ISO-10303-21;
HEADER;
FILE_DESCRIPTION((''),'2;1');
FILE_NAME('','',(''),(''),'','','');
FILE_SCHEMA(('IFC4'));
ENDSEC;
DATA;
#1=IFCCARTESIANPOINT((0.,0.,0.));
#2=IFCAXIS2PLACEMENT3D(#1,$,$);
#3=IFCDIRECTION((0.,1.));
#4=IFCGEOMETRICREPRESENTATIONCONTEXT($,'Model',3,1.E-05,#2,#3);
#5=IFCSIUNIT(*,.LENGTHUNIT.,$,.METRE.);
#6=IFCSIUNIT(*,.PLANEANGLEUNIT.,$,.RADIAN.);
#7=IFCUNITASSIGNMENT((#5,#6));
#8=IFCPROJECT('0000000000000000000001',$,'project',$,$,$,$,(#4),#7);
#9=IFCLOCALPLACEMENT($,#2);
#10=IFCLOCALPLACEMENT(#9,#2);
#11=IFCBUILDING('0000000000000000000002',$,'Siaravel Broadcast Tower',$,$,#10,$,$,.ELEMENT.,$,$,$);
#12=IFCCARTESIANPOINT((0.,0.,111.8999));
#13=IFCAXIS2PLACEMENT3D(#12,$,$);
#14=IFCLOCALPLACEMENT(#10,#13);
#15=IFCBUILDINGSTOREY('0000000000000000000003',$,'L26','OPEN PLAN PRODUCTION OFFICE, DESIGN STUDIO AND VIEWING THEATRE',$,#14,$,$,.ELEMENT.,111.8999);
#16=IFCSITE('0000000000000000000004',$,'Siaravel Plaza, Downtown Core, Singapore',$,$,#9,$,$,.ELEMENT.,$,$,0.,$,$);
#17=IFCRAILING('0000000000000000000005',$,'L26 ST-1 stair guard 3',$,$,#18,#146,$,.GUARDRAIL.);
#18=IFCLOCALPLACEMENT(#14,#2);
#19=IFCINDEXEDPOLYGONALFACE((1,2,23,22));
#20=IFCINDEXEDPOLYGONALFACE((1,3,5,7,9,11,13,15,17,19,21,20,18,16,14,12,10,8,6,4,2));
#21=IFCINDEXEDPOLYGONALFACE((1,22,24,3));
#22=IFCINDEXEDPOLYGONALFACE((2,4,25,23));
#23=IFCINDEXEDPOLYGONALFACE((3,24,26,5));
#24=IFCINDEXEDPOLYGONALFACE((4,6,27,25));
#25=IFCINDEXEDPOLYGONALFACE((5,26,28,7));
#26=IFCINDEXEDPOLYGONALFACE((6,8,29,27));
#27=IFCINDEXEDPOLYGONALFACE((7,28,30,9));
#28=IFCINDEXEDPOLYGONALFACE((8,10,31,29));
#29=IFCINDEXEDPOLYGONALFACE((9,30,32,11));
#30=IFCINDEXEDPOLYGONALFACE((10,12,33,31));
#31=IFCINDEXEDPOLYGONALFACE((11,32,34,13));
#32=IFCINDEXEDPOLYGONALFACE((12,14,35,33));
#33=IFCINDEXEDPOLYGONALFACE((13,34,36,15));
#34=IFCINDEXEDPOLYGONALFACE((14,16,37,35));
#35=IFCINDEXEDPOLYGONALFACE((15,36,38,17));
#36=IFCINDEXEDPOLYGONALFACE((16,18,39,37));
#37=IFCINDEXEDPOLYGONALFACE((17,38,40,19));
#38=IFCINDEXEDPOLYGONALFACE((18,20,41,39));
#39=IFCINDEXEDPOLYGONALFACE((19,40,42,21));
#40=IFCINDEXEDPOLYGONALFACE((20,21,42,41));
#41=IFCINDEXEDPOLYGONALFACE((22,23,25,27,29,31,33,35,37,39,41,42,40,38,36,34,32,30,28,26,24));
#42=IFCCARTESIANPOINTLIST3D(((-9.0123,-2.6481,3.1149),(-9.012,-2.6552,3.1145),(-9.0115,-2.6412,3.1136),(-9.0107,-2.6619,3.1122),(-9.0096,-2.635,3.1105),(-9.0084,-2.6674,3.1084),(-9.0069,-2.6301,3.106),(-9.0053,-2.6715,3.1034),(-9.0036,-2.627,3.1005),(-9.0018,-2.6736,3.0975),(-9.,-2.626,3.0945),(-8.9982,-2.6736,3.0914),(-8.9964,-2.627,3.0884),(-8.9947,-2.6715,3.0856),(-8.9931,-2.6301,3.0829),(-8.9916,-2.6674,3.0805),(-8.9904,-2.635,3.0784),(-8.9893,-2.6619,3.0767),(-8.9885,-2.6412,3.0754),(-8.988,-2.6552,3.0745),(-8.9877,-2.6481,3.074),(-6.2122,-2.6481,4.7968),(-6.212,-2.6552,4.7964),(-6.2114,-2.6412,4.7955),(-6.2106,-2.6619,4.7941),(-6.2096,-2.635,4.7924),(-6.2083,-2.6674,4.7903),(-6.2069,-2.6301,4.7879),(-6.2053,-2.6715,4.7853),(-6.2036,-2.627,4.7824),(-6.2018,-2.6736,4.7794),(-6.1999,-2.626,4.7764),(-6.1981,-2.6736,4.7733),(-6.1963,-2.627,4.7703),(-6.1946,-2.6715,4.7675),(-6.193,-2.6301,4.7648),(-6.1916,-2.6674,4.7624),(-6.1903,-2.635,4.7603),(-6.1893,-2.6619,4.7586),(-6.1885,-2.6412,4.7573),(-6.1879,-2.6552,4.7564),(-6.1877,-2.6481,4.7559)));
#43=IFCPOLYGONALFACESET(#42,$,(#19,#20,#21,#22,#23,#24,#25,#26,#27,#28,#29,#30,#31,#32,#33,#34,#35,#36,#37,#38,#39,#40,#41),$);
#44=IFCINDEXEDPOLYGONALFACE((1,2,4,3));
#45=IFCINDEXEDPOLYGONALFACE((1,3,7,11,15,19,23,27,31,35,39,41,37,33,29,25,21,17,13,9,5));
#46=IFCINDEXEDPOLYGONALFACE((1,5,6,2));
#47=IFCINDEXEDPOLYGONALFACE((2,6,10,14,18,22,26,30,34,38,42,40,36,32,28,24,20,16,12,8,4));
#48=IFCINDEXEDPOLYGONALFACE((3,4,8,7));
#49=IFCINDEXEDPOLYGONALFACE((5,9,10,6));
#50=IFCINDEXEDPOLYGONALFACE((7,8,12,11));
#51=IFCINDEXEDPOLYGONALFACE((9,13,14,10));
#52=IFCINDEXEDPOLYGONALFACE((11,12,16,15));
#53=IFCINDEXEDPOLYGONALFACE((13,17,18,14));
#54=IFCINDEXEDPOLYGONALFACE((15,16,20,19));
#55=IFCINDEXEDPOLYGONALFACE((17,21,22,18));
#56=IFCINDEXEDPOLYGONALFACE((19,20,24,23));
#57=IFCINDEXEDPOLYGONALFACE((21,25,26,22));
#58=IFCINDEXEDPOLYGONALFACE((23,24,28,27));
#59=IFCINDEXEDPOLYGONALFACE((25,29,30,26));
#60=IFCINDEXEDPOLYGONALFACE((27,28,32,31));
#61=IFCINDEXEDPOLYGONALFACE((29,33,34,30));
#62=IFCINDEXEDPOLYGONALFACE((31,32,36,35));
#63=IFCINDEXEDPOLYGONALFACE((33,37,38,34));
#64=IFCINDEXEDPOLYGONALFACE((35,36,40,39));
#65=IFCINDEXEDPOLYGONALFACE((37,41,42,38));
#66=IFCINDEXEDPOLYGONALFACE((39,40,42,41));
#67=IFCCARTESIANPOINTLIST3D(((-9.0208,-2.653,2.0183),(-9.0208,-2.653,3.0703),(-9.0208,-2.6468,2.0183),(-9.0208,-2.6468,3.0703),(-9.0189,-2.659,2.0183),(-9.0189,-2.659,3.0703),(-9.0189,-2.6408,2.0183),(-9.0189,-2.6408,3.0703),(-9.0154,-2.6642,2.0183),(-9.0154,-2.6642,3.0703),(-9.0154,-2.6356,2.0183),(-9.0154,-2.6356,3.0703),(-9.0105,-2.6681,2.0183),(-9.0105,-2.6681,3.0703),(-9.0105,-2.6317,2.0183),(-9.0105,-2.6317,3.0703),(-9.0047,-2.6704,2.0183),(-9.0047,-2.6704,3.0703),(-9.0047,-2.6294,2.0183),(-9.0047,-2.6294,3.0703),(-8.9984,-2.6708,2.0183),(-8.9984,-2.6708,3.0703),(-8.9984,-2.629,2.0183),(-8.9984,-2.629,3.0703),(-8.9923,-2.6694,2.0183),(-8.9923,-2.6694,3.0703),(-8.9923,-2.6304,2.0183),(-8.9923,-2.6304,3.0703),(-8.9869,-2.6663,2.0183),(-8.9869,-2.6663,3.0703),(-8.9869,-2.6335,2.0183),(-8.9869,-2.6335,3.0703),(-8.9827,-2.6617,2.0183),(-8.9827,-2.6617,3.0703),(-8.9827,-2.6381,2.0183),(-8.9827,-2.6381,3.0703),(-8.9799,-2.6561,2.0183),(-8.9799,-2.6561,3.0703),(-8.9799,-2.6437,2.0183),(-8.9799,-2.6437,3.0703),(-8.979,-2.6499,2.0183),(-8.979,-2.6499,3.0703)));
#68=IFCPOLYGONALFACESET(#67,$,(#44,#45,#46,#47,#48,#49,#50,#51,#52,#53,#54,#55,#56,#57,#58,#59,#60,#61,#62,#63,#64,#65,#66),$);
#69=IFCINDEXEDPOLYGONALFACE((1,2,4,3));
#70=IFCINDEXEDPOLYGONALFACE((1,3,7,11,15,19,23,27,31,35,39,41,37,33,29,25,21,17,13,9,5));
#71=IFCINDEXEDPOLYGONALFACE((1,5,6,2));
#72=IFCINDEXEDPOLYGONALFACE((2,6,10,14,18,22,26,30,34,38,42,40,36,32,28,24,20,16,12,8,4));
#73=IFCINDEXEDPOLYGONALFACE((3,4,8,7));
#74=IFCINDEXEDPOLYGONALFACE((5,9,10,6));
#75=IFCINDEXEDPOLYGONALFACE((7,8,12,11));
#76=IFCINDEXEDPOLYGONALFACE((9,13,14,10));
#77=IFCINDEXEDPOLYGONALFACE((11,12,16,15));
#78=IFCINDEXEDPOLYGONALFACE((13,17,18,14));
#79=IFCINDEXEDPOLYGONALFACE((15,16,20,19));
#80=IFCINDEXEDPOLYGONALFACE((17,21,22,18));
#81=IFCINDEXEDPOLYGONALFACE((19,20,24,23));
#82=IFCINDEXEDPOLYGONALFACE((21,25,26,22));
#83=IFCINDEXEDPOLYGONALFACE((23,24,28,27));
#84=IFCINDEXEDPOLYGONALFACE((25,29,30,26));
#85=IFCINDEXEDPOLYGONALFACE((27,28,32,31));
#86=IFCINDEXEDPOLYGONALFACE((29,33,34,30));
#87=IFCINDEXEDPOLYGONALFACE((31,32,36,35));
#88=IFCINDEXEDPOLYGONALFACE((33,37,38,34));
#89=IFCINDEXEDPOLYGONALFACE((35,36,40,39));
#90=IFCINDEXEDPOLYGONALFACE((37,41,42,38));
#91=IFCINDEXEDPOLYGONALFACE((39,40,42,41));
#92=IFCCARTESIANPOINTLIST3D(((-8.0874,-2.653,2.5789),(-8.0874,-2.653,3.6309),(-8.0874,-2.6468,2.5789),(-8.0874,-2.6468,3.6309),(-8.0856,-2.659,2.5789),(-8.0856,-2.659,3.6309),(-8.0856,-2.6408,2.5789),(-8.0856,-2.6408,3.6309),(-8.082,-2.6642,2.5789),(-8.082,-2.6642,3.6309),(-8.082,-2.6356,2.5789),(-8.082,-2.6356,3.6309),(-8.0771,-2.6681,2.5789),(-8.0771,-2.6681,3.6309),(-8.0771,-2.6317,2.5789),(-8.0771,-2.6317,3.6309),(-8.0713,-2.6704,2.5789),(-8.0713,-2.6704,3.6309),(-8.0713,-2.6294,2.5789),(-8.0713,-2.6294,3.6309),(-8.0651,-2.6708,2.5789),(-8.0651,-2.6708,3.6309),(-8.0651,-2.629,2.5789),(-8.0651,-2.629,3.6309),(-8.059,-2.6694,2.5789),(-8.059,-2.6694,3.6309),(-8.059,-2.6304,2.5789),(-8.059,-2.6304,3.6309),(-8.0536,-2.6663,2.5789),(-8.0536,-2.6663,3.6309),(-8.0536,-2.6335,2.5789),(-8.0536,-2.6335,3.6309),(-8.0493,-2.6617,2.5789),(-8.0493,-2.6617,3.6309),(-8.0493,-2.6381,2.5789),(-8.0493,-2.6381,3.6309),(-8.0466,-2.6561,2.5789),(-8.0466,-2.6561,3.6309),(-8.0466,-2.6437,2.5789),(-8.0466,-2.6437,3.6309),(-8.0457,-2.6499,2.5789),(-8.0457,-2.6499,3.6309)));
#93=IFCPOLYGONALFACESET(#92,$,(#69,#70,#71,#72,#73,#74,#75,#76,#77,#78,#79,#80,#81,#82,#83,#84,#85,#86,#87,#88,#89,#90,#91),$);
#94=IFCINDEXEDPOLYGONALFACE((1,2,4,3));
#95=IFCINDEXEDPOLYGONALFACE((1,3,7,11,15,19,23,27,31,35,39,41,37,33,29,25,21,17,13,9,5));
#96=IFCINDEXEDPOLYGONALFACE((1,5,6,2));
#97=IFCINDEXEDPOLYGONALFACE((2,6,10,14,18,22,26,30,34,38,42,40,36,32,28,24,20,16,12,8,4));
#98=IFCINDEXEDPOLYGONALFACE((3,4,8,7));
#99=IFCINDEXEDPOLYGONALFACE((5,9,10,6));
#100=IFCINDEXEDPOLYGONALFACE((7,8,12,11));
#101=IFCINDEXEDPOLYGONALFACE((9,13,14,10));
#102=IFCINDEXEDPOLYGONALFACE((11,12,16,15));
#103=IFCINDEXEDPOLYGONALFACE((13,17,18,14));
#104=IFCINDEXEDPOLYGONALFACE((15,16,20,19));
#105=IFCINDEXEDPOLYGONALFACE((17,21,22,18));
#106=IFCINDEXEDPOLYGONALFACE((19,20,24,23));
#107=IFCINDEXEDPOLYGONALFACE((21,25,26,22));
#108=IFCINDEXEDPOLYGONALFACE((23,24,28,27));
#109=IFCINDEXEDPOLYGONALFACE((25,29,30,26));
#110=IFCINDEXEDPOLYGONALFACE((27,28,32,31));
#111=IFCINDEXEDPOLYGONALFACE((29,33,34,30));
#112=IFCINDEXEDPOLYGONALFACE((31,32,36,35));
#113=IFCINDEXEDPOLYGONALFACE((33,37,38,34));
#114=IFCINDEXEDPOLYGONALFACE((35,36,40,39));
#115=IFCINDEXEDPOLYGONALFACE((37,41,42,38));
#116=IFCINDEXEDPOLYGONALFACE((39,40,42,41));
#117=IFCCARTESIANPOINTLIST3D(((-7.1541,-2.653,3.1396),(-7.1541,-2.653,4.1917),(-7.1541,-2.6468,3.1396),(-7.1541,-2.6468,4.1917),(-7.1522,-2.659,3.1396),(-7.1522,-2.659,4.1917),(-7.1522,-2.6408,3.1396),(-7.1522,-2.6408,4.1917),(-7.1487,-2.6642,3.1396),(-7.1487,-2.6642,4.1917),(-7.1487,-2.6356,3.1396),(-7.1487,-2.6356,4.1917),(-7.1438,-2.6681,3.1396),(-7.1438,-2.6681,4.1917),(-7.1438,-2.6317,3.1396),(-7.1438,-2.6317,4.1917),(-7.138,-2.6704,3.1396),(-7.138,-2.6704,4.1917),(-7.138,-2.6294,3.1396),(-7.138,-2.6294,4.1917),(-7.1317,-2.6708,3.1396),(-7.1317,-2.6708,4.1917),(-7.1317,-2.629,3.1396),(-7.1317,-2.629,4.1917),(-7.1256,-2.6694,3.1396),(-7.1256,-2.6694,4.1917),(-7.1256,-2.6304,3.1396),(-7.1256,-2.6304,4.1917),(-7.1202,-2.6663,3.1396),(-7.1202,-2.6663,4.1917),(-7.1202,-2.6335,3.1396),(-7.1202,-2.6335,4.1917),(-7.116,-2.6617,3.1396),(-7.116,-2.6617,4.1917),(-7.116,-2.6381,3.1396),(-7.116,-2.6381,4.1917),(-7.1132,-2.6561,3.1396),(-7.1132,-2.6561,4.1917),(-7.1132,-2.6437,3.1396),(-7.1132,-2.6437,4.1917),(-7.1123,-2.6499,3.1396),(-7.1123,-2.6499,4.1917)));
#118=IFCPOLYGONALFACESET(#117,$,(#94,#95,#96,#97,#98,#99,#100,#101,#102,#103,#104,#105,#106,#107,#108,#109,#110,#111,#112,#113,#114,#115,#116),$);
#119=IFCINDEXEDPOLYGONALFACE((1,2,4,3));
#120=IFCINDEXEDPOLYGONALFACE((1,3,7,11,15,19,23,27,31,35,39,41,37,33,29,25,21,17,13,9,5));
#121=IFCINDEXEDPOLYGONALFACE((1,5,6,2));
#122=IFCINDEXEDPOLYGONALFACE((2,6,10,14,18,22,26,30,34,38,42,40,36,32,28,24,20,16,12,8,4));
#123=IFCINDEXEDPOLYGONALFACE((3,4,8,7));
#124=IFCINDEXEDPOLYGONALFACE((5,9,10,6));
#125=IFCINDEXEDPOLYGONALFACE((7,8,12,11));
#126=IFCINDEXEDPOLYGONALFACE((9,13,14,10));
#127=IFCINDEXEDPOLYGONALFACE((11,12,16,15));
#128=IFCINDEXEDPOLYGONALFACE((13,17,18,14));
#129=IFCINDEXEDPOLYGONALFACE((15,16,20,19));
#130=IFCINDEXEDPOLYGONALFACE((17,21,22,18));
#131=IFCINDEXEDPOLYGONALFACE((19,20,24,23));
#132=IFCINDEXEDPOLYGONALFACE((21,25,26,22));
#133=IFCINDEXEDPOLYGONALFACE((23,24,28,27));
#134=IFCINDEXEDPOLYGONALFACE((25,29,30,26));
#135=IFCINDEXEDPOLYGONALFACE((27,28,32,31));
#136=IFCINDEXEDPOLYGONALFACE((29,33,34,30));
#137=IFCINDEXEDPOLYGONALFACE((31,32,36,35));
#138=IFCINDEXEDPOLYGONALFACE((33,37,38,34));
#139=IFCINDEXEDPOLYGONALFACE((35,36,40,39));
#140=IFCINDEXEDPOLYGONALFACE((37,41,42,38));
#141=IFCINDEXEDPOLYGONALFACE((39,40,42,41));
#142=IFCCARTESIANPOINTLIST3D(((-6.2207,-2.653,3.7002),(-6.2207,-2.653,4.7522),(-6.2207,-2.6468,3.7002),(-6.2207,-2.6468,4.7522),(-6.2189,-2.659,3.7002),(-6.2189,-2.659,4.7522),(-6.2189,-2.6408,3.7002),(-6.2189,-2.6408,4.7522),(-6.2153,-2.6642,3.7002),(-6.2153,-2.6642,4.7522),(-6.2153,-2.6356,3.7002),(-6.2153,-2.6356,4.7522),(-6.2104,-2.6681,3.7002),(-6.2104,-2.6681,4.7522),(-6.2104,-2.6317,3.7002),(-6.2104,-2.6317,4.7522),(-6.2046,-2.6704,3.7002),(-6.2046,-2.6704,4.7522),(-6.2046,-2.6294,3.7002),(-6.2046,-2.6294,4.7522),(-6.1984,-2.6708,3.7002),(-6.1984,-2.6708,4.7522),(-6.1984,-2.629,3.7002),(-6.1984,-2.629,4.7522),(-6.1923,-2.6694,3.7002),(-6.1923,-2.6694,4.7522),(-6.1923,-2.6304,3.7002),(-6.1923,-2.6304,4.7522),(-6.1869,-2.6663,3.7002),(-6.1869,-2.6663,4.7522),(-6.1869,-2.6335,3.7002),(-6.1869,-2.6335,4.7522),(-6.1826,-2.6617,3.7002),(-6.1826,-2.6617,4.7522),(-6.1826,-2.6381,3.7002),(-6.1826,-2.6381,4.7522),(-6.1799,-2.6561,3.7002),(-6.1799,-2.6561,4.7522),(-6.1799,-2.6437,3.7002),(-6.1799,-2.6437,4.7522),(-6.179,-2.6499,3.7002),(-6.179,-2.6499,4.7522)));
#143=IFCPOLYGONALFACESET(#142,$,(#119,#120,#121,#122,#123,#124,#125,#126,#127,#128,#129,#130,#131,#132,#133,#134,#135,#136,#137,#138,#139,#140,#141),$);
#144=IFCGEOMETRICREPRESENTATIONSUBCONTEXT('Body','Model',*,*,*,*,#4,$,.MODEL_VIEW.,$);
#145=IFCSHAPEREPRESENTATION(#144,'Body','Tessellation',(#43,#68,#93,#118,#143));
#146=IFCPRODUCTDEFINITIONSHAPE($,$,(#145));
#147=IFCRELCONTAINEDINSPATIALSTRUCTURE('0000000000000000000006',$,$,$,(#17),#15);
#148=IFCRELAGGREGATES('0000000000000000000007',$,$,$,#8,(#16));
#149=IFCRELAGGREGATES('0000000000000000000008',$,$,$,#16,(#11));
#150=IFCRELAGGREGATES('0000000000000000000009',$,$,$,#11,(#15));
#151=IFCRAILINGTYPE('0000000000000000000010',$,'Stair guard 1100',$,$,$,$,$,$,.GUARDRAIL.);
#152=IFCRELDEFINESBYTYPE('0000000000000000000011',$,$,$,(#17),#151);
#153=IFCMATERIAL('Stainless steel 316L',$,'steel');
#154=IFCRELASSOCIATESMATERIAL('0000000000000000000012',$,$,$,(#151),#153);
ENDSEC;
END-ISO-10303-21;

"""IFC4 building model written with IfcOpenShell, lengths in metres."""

from ifc_helpers import new_model, si_unit, direction, frame, origin, origin_2d, place, context, subcontext, project, spatial, circle, extrude, material, type_object, element, save


model = new_model("IFC4")

# Units and contexts
model_context = context("Model", 3, precision=1e-05, world=origin(), true_north=direction((0.0, 1.0)))
body_context = subcontext(model_context, "Body", "Model", "MODEL_VIEW")
ifc_project = project(units=[si_unit("LENGTHUNIT", "METRE"), si_unit("PLANEANGLEUNIT", "RADIAN")], contexts=[model_context])

# Site, building, storey
site_placement = place(None, origin())
site = spatial("IfcSite", under=ifc_project, at=site_placement, Name="Siaravel Plaza, Downtown Core, Singapore", CompositionType="ELEMENT", RefElevation=0.0)
building_placement = place(site_placement, origin())
building = spatial("IfcBuilding", under=site, at=building_placement, Name="Siaravel Broadcast Tower", CompositionType="ELEMENT")
storey_placement = place(building_placement, frame((0.0, 0.0, 111.8999)))
storey = spatial("IfcBuildingStorey", under=building, at=storey_placement, Name="L26", Description="OPEN PLAN PRODUCTION OFFICE, DESIGN STUDIO AND VIEWING THEATRE", CompositionType="ELEMENT", Elevation=111.8999)

# Railing
ifc_material_1 = material(Name="Stainless steel 316L", Category="steel")
railing_type_1 = type_object("IfcRailingType", Name="Stair guard 1100", PredefinedType="GUARDRAIL", material=ifc_material_1)
railing_1_placement = place(storey_placement, frame((-9.0, -2.6499, 2.0183)))
element("IfcRailing", 1, at=railing_1_placement, inside=storey, type_object=railing_type_1, Name="L26 ST-1 stair guard 3", PredefinedType="GUARDRAIL", context=body_context, shape_type="SweptSolid", body=[
    extrude(circle(Radius=0.0239, at=origin_2d()), frame((0.0, 0.0, 1.0762), z_axis=(0.857242, 0.0, 0.514913), x_axis=(0.0, 1.0, 0.0)), (0.0, 0.0, 1.0), 3.2664),
    extrude(circle(Radius=0.021, at=origin_2d()), origin(), (0.0, 0.0, 1.0), 1.052),
    extrude(circle(Radius=0.021, at=origin_2d()), frame((0.9333, 0.0, 0.5605)), (0.0, 0.0, 1.0), 1.052),
    extrude(circle(Radius=0.021, at=origin_2d()), frame((1.8667, 0.0, 1.1213)), (0.0, 0.0, 1.0), 1.052),
    extrude(circle(Radius=0.021, at=origin_2d()), frame((2.8, 0.0, 1.6819)), (0.0, 0.0, 1.0), 1.052),
])

save(model, "model.ifc")
